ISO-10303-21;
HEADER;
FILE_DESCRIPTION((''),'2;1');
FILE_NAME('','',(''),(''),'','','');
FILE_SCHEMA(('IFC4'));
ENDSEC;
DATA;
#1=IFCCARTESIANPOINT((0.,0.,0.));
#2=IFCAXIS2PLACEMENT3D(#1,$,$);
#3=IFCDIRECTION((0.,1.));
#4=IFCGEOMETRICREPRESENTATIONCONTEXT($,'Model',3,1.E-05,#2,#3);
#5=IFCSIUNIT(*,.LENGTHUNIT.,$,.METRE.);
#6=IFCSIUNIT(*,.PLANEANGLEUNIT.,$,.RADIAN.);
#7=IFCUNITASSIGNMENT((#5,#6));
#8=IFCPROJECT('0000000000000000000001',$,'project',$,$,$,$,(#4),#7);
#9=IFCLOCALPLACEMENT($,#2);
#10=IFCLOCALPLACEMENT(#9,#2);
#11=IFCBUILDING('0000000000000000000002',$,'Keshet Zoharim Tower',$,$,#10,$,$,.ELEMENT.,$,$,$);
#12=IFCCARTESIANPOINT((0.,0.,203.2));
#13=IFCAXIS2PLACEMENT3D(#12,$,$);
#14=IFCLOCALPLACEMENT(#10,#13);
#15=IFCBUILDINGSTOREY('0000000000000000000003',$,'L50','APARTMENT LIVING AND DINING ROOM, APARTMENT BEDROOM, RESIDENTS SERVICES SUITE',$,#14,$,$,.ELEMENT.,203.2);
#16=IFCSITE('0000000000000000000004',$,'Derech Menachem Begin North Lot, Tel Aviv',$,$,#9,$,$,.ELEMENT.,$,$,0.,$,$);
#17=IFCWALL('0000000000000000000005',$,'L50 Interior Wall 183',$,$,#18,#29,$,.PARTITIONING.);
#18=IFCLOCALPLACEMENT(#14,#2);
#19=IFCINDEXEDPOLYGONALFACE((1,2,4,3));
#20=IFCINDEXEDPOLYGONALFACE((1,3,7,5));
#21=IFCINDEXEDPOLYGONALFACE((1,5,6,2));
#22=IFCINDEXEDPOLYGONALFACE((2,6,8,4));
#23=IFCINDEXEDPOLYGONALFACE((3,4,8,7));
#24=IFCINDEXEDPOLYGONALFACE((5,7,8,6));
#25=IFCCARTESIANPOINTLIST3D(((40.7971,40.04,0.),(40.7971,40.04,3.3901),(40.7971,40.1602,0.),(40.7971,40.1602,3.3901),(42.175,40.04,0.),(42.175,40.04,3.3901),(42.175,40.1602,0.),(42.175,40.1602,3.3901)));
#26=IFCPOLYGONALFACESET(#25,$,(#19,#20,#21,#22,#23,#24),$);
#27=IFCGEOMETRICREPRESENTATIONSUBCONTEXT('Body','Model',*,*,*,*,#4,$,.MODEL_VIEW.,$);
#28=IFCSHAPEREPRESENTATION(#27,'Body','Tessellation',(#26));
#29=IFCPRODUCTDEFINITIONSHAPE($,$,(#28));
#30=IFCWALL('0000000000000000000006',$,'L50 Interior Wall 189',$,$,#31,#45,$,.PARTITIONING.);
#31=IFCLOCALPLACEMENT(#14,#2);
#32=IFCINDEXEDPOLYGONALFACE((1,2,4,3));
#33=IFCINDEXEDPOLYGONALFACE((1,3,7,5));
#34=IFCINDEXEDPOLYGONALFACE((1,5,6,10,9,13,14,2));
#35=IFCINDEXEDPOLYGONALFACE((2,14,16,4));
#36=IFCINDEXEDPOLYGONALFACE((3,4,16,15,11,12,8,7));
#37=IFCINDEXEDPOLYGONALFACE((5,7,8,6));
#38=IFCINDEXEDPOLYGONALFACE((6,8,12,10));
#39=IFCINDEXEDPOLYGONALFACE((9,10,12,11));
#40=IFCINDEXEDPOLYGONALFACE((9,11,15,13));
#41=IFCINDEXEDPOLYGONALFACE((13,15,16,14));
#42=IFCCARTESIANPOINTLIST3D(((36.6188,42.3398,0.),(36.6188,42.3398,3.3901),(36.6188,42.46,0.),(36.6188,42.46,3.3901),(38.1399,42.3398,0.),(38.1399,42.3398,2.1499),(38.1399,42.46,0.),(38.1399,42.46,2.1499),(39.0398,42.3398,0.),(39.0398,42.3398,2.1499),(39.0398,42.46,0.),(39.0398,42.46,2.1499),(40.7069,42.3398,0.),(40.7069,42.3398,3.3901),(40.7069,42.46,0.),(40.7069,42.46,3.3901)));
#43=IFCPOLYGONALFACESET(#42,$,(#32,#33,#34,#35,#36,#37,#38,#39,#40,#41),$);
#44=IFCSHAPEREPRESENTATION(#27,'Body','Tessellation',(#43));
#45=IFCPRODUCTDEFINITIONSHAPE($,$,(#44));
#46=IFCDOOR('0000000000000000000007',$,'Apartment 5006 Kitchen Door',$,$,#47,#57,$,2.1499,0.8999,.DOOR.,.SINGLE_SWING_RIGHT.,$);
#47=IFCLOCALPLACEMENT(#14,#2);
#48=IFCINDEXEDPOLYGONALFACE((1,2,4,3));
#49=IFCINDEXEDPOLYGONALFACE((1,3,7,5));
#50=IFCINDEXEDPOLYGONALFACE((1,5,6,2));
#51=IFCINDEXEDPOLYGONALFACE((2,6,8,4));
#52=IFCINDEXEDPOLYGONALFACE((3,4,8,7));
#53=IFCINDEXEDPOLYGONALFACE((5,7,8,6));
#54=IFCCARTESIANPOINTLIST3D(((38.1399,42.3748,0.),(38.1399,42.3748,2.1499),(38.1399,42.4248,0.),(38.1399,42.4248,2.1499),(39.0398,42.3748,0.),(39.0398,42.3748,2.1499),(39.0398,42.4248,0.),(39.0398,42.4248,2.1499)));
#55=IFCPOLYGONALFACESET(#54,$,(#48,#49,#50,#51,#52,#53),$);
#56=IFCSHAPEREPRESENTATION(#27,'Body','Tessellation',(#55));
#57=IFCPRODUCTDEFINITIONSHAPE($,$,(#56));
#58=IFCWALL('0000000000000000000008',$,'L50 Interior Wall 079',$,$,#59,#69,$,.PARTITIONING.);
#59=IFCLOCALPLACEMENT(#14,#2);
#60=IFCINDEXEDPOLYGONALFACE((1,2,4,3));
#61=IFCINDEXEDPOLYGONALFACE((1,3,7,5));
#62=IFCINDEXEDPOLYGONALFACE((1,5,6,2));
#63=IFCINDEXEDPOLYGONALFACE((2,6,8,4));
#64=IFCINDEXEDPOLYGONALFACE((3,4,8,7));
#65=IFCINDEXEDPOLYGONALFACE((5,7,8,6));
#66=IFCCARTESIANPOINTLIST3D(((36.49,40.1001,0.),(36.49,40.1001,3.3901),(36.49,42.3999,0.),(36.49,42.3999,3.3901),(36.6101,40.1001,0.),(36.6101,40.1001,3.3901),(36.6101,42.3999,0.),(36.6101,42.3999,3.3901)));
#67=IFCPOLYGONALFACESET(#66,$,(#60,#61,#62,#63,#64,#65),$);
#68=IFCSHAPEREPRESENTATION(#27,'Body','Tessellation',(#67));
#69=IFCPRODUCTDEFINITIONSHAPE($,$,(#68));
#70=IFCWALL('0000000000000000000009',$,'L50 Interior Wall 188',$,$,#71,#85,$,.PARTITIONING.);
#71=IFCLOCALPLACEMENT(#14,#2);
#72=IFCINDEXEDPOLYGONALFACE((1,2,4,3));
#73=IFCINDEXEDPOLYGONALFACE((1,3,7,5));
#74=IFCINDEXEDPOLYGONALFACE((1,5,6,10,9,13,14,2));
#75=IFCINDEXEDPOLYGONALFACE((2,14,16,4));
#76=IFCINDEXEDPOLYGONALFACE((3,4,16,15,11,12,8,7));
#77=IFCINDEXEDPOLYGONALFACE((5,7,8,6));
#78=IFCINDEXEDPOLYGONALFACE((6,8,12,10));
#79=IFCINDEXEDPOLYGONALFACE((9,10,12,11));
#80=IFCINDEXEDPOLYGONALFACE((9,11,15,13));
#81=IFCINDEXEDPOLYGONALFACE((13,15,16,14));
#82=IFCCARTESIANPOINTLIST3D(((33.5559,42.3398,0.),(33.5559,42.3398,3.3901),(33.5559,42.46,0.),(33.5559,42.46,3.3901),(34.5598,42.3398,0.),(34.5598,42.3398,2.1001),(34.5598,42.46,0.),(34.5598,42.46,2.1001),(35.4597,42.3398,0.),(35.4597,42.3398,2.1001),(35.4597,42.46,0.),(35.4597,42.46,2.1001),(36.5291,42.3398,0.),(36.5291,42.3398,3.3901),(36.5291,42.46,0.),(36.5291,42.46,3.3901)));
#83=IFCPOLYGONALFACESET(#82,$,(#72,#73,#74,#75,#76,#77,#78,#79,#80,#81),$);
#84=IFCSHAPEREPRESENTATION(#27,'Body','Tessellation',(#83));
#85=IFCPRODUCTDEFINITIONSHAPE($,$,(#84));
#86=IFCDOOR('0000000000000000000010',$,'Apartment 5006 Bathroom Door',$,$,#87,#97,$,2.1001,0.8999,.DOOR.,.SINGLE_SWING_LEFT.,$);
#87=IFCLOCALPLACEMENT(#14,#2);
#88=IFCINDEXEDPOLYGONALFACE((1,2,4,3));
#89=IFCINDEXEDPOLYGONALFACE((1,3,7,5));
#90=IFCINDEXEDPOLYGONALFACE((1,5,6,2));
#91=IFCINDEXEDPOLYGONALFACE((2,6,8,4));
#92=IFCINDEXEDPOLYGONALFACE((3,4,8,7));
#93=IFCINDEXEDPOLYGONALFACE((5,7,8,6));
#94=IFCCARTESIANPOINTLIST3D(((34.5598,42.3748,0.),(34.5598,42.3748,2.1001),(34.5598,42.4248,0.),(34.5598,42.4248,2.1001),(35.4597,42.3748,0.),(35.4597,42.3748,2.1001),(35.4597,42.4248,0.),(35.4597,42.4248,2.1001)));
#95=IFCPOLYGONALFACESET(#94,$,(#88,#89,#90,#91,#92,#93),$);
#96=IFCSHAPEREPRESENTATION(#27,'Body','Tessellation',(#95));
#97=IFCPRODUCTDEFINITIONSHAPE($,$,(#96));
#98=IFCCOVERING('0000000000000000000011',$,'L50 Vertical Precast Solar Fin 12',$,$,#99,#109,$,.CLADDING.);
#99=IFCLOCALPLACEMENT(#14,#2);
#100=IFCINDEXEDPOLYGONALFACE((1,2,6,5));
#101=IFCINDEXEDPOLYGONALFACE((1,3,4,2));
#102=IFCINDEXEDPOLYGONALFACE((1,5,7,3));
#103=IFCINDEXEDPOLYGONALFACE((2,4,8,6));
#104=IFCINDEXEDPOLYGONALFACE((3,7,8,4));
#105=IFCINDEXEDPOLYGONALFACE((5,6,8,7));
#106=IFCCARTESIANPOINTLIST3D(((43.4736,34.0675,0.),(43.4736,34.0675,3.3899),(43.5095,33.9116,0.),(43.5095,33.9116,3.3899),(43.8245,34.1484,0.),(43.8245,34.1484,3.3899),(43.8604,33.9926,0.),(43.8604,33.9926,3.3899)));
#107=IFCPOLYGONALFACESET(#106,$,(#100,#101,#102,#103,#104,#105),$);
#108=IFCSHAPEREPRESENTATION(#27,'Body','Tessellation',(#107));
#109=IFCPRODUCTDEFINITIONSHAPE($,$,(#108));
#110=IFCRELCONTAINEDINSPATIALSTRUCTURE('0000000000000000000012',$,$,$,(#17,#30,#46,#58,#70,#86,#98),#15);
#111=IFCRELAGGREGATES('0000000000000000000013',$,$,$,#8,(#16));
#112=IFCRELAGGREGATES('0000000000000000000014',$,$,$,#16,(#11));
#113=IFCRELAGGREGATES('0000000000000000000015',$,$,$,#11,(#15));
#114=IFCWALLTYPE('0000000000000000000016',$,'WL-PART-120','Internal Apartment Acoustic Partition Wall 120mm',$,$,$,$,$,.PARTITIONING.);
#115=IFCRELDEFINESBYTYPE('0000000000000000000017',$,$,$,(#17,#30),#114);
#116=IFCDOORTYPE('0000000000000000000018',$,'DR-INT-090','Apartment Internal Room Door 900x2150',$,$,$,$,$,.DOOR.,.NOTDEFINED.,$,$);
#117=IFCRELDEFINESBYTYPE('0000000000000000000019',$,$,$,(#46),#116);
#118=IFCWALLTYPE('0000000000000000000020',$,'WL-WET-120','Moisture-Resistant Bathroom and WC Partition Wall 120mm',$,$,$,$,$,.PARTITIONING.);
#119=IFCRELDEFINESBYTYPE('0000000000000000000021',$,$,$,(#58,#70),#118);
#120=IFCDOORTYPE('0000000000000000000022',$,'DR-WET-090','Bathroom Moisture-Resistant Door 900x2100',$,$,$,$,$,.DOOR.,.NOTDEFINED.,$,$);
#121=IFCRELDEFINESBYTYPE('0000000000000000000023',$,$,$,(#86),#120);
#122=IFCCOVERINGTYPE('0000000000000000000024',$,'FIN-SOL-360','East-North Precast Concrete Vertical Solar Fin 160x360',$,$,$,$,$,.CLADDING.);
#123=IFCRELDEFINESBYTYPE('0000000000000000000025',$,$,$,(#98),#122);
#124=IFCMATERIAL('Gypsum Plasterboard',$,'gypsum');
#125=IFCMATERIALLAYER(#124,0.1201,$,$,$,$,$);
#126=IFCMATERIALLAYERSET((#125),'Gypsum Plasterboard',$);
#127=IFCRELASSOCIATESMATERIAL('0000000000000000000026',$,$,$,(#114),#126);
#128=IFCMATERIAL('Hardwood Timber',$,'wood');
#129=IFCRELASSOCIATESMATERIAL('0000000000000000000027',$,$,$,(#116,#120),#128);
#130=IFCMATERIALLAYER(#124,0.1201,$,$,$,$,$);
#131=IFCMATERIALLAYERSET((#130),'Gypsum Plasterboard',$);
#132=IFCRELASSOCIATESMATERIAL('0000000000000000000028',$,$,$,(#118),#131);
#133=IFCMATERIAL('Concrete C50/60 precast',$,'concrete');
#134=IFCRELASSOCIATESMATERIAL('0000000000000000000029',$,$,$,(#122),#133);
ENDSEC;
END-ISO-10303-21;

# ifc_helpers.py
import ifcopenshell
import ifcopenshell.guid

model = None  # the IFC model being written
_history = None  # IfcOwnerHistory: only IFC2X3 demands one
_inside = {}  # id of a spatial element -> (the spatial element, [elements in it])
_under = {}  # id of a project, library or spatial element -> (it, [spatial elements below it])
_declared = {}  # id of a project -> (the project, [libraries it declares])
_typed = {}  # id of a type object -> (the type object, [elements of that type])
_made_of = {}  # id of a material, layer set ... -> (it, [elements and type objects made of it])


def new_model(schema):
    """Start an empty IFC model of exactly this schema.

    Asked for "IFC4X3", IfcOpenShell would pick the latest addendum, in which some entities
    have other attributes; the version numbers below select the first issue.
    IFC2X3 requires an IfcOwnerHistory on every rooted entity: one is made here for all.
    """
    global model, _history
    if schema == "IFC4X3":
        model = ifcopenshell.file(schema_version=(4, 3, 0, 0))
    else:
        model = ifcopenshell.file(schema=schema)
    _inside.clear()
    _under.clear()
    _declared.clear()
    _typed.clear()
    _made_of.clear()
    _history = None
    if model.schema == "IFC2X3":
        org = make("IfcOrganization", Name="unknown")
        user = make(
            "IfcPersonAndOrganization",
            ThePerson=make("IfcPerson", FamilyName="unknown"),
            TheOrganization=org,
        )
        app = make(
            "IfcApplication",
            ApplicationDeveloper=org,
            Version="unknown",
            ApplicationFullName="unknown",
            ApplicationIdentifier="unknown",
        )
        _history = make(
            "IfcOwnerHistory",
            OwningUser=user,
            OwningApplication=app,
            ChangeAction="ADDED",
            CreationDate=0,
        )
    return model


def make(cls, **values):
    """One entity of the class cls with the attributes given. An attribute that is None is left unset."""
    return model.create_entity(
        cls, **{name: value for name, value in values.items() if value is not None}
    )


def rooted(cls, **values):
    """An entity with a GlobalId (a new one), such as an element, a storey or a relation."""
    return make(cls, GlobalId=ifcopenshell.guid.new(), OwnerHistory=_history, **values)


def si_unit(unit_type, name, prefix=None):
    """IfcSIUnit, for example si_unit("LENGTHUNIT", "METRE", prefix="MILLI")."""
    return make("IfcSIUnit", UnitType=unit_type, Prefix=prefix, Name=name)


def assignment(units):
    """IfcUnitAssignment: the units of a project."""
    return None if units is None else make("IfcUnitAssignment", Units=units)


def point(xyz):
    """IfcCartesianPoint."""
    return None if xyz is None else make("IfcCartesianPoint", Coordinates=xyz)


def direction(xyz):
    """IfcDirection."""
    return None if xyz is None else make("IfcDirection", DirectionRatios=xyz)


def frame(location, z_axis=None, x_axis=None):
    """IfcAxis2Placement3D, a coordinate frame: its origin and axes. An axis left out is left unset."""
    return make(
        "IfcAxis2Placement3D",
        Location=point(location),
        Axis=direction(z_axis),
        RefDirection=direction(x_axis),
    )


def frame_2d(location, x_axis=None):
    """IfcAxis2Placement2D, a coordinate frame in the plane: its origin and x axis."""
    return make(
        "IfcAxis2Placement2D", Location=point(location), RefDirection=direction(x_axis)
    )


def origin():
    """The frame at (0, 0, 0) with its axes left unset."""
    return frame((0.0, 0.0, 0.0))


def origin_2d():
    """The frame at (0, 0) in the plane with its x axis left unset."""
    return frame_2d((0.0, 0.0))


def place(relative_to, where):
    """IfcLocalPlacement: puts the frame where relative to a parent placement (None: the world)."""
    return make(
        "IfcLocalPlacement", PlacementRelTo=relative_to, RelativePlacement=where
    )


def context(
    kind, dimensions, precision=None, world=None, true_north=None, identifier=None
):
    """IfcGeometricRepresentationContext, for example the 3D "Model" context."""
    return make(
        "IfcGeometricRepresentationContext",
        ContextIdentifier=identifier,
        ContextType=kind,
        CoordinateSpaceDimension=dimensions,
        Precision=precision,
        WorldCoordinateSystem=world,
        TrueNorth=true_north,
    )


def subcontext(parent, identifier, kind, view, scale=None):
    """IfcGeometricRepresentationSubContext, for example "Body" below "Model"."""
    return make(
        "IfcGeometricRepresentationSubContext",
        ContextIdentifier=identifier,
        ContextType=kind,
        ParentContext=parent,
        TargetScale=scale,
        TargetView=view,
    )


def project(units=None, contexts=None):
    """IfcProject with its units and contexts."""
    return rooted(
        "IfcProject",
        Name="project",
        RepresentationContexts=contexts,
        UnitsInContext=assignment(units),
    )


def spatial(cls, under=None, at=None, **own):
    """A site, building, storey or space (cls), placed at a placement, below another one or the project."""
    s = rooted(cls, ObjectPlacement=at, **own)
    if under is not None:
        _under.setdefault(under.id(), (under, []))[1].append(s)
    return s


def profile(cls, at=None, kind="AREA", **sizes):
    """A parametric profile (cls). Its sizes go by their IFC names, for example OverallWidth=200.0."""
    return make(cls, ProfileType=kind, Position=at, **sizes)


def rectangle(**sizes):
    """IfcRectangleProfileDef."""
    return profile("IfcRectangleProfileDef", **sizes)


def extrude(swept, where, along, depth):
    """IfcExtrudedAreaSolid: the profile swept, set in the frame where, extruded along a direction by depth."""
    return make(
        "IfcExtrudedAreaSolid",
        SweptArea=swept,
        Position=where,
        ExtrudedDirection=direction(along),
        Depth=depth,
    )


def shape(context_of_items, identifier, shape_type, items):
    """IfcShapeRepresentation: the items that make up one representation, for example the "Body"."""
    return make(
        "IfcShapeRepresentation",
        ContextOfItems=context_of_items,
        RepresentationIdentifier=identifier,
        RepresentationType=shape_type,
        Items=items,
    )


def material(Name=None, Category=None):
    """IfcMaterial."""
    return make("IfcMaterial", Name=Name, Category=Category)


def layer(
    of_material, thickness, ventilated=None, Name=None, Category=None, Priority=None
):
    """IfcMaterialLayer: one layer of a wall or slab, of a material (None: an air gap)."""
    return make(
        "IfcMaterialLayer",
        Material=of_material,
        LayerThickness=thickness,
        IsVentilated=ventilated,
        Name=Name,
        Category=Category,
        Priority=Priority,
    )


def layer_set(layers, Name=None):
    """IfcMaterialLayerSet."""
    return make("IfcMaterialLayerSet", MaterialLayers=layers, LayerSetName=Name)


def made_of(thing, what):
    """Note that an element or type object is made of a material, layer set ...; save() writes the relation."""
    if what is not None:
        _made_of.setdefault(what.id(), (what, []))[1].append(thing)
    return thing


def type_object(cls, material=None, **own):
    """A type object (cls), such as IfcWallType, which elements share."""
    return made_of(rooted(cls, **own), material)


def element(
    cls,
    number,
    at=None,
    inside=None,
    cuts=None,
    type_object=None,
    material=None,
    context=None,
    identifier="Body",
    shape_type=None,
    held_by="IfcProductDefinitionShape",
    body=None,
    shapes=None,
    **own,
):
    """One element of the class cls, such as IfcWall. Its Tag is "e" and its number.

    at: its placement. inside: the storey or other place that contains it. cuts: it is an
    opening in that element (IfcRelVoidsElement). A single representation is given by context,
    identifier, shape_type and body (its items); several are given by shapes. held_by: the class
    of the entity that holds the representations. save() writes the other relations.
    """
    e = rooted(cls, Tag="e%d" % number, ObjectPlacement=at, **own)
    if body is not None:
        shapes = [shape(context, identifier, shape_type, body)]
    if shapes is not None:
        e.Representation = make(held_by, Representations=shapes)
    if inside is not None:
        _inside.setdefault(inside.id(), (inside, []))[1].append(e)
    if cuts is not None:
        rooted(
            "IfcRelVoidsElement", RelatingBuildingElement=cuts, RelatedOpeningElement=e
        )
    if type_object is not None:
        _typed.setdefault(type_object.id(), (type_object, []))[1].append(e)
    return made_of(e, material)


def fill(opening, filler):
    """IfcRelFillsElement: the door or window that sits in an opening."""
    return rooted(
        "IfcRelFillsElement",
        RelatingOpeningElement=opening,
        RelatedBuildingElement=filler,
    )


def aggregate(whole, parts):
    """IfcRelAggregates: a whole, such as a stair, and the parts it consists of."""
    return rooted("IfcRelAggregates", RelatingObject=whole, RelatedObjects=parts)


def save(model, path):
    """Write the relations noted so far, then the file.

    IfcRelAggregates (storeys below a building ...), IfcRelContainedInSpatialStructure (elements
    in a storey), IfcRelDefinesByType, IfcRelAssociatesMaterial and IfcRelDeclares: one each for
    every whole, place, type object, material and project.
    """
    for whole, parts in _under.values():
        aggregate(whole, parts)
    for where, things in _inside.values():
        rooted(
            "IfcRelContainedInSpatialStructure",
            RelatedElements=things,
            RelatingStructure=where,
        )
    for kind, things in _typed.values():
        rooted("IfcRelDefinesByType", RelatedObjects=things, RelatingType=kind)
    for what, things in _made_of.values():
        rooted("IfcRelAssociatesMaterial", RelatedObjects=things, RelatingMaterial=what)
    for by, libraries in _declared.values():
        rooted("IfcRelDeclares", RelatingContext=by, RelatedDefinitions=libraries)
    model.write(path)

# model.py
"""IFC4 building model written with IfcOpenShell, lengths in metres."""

from ifc_helpers import new_model, si_unit, direction, frame, frame_2d, origin, origin_2d, place, context, subcontext, project, spatial, rectangle, extrude, material, layer, layer_set, type_object, element, fill, save


model = new_model("IFC4")

# Units and contexts
model_context = context("Model", 3, precision=1e-05, world=origin(), true_north=direction((0.0, 1.0)))
body_context = subcontext(model_context, "Body", "Model", "MODEL_VIEW")
ifc_project = project(units=[si_unit("LENGTHUNIT", "METRE"), si_unit("PLANEANGLEUNIT", "RADIAN")], contexts=[model_context])

# Site, building, storey
site_placement = place(None, origin())
site = spatial("IfcSite", under=ifc_project, at=site_placement, Name="Derech Menachem Begin North Lot, Tel Aviv", CompositionType="ELEMENT", RefElevation=0.0)
building_placement = place(site_placement, origin())
building = spatial("IfcBuilding", under=site, at=building_placement, Name="Keshet Zoharim Tower", CompositionType="ELEMENT")
storey_placement = place(building_placement, frame((0.0, 0.0, 203.2)))
storey = spatial("IfcBuildingStorey", under=building, at=storey_placement, Name="L50", Description="APARTMENT LIVING AND DINING ROOM, APARTMENT BEDROOM, RESIDENTS SERVICES SUITE", CompositionType="ELEMENT", Elevation=203.2)

# Shared definitions
ifc_material_1 = material(Name="Gypsum Plasterboard", Category="gypsum")

# Shared definitions
ifc_material_2 = material(Name="Hardwood Timber", Category="wood")

# Wall
ifc_layer_1 = layer(ifc_material_1, 0.1201)
ifc_layer_set_1 = layer_set([ifc_layer_1], Name="Gypsum Plasterboard")
wall_type_1 = type_object("IfcWallType", Name="WL-PART-120", Description="Internal Apartment Acoustic Partition Wall 120mm", PredefinedType="PARTITIONING", material=ifc_layer_set_1)
wall_1_placement = place(storey_placement, frame((40.7971, 40.1001, 0.0), z_axis=(0.0, 0.0, 1.0), x_axis=(1.0, 0.0, 0.0)))
element("IfcWall", 1, at=wall_1_placement, inside=storey, type_object=wall_type_1, Name="L50 Interior Wall 183", PredefinedType="PARTITIONING", context=body_context, shape_type="SweptSolid", body=[
    extrude(rectangle(XDim=1.3779, YDim=0.1201, at=frame_2d((0.689, 0.0))), origin(), (0.0, 0.0, 1.0), 3.3901),
])

# Wall, opening, door
wall_2_placement = place(storey_placement, frame((36.6189, 42.3999, 0.0), z_axis=(0.0, 0.0, 1.0), x_axis=(1.0, 0.0, 0.0)))
wall_2 = element("IfcWall", 2, at=wall_2_placement, inside=storey, type_object=wall_type_1, Name="L50 Interior Wall 189", PredefinedType="PARTITIONING", context=body_context, shape_type="SweptSolid", body=[
    extrude(rectangle(XDim=4.0881, YDim=0.1201, at=frame_2d((2.0439, 0.0))), origin(), (0.0, 0.0, 1.0), 3.3901),
])
opening_1_placement = place(wall_2_placement, frame((1.521, 0.0, 0.0)))
opening_1 = element("IfcOpeningElement", 3, at=opening_1_placement, cuts=wall_2, PredefinedType="OPENING", context=body_context, shape_type="SweptSolid", body=[
    extrude(rectangle(XDim=0.8999, YDim=2.1499, at=frame_2d((0.45, 1.075))), frame((0.0, 0.0701, 0.0), z_axis=(0.0, -1.0, 0.0), x_axis=(1.0, 0.0, 0.0)), (0.0, 0.0, 1.0), 0.1401),
])
door_type_1 = type_object("IfcDoorType", Name="DR-INT-090", Description="Apartment Internal Room Door 900x2150", OperationType="NOTDEFINED", PredefinedType="DOOR", material=ifc_material_2)
door_1_placement = place(opening_1_placement, origin())
door_1 = element("IfcDoor", 4, at=door_1_placement, inside=storey, type_object=door_type_1, Name="Apartment 5006 Kitchen Door", OperationType="SINGLE_SWING_RIGHT", OverallHeight=2.1499, OverallWidth=0.8999, PredefinedType="DOOR", context=body_context, shape_type="SweptSolid", body=[
    extrude(rectangle(XDim=0.8999, YDim=2.1499, at=frame_2d((0.45, 1.075))), frame((0.0, 0.0249, 0.0), z_axis=(0.0, -1.0, 0.0), x_axis=(1.0, 0.0, 0.0)), (0.0, 0.0, 1.0), 0.05),
])
fill(opening_1, door_1)

# Wall
ifc_layer_2 = layer(ifc_material_1, 0.1201)
ifc_layer_set_2 = layer_set([ifc_layer_2], Name="Gypsum Plasterboard")
wall_type_2 = type_object("IfcWallType", Name="WL-WET-120", Description="Moisture-Resistant Bathroom and WC Partition Wall 120mm", PredefinedType="PARTITIONING", material=ifc_layer_set_2)
wall_3_placement = place(storey_placement, frame((36.55, 40.1001, 0.0), z_axis=(0.0, 0.0, 1.0), x_axis=(0.0, 1.0, 0.0)))
element("IfcWall", 5, at=wall_3_placement, inside=storey, type_object=wall_type_2, Name="L50 Interior Wall 079", PredefinedType="PARTITIONING", context=body_context, shape_type="SweptSolid", body=[
    extrude(rectangle(XDim=2.2998, YDim=0.1201, at=frame_2d((1.1499, 0.0))), origin(), (0.0, 0.0, 1.0), 3.3901),
])

# Wall, opening, door
wall_4_placement = place(storey_placement, frame((33.5559, 42.3999, 0.0), z_axis=(0.0, 0.0, 1.0), x_axis=(1.0, 0.0, 0.0)))
wall_4 = element("IfcWall", 6, at=wall_4_placement, inside=storey, type_object=wall_type_2, Name="L50 Interior Wall 188", PredefinedType="PARTITIONING", context=body_context, shape_type="SweptSolid", body=[
    extrude(rectangle(XDim=2.9731, YDim=0.1201, at=frame_2d((1.4866, 0.0))), origin(), (0.0, 0.0, 1.0), 3.3901),
])
opening_2_placement = place(wall_4_placement, frame((1.0039, 0.0, 0.0)))
opening_2 = element("IfcOpeningElement", 7, at=opening_2_placement, cuts=wall_4, PredefinedType="OPENING", context=body_context, shape_type="SweptSolid", body=[
    extrude(rectangle(XDim=0.8999, YDim=2.1001, at=frame_2d((0.45, 1.05))), frame((0.0, 0.0701, 0.0), z_axis=(0.0, -1.0, 0.0), x_axis=(1.0, 0.0, 0.0)), (0.0, 0.0, 1.0), 0.1401),
])
door_type_2 = type_object("IfcDoorType", Name="DR-WET-090", Description="Bathroom Moisture-Resistant Door 900x2100", OperationType="NOTDEFINED", PredefinedType="DOOR", material=ifc_material_2)
door_2_placement = place(opening_2_placement, origin())
door_2 = element("IfcDoor", 8, at=door_2_placement, inside=storey, type_object=door_type_2, Name="Apartment 5006 Bathroom Door", OperationType="SINGLE_SWING_LEFT", OverallHeight=2.1001, OverallWidth=0.8999, PredefinedType="DOOR", context=body_context, shape_type="SweptSolid", body=[
    extrude(rectangle(XDim=0.8999, YDim=2.1001, at=frame_2d((0.45, 1.05))), frame((0.0, 0.0249, 0.0), z_axis=(0.0, -1.0, 0.0), x_axis=(1.0, 0.0, 0.0)), (0.0, 0.0, 1.0), 0.05),
])
fill(opening_2, door_2)

# Covering
ifc_material_3 = material(Name="Concrete C50/60 precast", Category="concrete")
covering_type = type_object("IfcCoveringType", Name="FIN-SOL-360", Description="East-North Precast Concrete Vertical Solar Fin 160x360", PredefinedType="CLADDING", material=ifc_material_3)
covering_placement = place(storey_placement, frame((43.667, 34.03, 0.0), z_axis=(0.0, 0.0, 1.0), x_axis=(0.224848, -0.974394, 0.0)))
element("IfcCovering", 9, at=covering_placement, inside=storey, type_object=covering_type, Name="L50 Vertical Precast Solar Fin 12", PredefinedType="CLADDING", context=body_context, shape_type="SweptSolid", body=[
    extrude(rectangle(XDim=0.1599, YDim=0.3601, at=origin_2d()), origin(), (0.0, 0.0, 1.0), 3.3899),
])

save(model, "model.ifc")
